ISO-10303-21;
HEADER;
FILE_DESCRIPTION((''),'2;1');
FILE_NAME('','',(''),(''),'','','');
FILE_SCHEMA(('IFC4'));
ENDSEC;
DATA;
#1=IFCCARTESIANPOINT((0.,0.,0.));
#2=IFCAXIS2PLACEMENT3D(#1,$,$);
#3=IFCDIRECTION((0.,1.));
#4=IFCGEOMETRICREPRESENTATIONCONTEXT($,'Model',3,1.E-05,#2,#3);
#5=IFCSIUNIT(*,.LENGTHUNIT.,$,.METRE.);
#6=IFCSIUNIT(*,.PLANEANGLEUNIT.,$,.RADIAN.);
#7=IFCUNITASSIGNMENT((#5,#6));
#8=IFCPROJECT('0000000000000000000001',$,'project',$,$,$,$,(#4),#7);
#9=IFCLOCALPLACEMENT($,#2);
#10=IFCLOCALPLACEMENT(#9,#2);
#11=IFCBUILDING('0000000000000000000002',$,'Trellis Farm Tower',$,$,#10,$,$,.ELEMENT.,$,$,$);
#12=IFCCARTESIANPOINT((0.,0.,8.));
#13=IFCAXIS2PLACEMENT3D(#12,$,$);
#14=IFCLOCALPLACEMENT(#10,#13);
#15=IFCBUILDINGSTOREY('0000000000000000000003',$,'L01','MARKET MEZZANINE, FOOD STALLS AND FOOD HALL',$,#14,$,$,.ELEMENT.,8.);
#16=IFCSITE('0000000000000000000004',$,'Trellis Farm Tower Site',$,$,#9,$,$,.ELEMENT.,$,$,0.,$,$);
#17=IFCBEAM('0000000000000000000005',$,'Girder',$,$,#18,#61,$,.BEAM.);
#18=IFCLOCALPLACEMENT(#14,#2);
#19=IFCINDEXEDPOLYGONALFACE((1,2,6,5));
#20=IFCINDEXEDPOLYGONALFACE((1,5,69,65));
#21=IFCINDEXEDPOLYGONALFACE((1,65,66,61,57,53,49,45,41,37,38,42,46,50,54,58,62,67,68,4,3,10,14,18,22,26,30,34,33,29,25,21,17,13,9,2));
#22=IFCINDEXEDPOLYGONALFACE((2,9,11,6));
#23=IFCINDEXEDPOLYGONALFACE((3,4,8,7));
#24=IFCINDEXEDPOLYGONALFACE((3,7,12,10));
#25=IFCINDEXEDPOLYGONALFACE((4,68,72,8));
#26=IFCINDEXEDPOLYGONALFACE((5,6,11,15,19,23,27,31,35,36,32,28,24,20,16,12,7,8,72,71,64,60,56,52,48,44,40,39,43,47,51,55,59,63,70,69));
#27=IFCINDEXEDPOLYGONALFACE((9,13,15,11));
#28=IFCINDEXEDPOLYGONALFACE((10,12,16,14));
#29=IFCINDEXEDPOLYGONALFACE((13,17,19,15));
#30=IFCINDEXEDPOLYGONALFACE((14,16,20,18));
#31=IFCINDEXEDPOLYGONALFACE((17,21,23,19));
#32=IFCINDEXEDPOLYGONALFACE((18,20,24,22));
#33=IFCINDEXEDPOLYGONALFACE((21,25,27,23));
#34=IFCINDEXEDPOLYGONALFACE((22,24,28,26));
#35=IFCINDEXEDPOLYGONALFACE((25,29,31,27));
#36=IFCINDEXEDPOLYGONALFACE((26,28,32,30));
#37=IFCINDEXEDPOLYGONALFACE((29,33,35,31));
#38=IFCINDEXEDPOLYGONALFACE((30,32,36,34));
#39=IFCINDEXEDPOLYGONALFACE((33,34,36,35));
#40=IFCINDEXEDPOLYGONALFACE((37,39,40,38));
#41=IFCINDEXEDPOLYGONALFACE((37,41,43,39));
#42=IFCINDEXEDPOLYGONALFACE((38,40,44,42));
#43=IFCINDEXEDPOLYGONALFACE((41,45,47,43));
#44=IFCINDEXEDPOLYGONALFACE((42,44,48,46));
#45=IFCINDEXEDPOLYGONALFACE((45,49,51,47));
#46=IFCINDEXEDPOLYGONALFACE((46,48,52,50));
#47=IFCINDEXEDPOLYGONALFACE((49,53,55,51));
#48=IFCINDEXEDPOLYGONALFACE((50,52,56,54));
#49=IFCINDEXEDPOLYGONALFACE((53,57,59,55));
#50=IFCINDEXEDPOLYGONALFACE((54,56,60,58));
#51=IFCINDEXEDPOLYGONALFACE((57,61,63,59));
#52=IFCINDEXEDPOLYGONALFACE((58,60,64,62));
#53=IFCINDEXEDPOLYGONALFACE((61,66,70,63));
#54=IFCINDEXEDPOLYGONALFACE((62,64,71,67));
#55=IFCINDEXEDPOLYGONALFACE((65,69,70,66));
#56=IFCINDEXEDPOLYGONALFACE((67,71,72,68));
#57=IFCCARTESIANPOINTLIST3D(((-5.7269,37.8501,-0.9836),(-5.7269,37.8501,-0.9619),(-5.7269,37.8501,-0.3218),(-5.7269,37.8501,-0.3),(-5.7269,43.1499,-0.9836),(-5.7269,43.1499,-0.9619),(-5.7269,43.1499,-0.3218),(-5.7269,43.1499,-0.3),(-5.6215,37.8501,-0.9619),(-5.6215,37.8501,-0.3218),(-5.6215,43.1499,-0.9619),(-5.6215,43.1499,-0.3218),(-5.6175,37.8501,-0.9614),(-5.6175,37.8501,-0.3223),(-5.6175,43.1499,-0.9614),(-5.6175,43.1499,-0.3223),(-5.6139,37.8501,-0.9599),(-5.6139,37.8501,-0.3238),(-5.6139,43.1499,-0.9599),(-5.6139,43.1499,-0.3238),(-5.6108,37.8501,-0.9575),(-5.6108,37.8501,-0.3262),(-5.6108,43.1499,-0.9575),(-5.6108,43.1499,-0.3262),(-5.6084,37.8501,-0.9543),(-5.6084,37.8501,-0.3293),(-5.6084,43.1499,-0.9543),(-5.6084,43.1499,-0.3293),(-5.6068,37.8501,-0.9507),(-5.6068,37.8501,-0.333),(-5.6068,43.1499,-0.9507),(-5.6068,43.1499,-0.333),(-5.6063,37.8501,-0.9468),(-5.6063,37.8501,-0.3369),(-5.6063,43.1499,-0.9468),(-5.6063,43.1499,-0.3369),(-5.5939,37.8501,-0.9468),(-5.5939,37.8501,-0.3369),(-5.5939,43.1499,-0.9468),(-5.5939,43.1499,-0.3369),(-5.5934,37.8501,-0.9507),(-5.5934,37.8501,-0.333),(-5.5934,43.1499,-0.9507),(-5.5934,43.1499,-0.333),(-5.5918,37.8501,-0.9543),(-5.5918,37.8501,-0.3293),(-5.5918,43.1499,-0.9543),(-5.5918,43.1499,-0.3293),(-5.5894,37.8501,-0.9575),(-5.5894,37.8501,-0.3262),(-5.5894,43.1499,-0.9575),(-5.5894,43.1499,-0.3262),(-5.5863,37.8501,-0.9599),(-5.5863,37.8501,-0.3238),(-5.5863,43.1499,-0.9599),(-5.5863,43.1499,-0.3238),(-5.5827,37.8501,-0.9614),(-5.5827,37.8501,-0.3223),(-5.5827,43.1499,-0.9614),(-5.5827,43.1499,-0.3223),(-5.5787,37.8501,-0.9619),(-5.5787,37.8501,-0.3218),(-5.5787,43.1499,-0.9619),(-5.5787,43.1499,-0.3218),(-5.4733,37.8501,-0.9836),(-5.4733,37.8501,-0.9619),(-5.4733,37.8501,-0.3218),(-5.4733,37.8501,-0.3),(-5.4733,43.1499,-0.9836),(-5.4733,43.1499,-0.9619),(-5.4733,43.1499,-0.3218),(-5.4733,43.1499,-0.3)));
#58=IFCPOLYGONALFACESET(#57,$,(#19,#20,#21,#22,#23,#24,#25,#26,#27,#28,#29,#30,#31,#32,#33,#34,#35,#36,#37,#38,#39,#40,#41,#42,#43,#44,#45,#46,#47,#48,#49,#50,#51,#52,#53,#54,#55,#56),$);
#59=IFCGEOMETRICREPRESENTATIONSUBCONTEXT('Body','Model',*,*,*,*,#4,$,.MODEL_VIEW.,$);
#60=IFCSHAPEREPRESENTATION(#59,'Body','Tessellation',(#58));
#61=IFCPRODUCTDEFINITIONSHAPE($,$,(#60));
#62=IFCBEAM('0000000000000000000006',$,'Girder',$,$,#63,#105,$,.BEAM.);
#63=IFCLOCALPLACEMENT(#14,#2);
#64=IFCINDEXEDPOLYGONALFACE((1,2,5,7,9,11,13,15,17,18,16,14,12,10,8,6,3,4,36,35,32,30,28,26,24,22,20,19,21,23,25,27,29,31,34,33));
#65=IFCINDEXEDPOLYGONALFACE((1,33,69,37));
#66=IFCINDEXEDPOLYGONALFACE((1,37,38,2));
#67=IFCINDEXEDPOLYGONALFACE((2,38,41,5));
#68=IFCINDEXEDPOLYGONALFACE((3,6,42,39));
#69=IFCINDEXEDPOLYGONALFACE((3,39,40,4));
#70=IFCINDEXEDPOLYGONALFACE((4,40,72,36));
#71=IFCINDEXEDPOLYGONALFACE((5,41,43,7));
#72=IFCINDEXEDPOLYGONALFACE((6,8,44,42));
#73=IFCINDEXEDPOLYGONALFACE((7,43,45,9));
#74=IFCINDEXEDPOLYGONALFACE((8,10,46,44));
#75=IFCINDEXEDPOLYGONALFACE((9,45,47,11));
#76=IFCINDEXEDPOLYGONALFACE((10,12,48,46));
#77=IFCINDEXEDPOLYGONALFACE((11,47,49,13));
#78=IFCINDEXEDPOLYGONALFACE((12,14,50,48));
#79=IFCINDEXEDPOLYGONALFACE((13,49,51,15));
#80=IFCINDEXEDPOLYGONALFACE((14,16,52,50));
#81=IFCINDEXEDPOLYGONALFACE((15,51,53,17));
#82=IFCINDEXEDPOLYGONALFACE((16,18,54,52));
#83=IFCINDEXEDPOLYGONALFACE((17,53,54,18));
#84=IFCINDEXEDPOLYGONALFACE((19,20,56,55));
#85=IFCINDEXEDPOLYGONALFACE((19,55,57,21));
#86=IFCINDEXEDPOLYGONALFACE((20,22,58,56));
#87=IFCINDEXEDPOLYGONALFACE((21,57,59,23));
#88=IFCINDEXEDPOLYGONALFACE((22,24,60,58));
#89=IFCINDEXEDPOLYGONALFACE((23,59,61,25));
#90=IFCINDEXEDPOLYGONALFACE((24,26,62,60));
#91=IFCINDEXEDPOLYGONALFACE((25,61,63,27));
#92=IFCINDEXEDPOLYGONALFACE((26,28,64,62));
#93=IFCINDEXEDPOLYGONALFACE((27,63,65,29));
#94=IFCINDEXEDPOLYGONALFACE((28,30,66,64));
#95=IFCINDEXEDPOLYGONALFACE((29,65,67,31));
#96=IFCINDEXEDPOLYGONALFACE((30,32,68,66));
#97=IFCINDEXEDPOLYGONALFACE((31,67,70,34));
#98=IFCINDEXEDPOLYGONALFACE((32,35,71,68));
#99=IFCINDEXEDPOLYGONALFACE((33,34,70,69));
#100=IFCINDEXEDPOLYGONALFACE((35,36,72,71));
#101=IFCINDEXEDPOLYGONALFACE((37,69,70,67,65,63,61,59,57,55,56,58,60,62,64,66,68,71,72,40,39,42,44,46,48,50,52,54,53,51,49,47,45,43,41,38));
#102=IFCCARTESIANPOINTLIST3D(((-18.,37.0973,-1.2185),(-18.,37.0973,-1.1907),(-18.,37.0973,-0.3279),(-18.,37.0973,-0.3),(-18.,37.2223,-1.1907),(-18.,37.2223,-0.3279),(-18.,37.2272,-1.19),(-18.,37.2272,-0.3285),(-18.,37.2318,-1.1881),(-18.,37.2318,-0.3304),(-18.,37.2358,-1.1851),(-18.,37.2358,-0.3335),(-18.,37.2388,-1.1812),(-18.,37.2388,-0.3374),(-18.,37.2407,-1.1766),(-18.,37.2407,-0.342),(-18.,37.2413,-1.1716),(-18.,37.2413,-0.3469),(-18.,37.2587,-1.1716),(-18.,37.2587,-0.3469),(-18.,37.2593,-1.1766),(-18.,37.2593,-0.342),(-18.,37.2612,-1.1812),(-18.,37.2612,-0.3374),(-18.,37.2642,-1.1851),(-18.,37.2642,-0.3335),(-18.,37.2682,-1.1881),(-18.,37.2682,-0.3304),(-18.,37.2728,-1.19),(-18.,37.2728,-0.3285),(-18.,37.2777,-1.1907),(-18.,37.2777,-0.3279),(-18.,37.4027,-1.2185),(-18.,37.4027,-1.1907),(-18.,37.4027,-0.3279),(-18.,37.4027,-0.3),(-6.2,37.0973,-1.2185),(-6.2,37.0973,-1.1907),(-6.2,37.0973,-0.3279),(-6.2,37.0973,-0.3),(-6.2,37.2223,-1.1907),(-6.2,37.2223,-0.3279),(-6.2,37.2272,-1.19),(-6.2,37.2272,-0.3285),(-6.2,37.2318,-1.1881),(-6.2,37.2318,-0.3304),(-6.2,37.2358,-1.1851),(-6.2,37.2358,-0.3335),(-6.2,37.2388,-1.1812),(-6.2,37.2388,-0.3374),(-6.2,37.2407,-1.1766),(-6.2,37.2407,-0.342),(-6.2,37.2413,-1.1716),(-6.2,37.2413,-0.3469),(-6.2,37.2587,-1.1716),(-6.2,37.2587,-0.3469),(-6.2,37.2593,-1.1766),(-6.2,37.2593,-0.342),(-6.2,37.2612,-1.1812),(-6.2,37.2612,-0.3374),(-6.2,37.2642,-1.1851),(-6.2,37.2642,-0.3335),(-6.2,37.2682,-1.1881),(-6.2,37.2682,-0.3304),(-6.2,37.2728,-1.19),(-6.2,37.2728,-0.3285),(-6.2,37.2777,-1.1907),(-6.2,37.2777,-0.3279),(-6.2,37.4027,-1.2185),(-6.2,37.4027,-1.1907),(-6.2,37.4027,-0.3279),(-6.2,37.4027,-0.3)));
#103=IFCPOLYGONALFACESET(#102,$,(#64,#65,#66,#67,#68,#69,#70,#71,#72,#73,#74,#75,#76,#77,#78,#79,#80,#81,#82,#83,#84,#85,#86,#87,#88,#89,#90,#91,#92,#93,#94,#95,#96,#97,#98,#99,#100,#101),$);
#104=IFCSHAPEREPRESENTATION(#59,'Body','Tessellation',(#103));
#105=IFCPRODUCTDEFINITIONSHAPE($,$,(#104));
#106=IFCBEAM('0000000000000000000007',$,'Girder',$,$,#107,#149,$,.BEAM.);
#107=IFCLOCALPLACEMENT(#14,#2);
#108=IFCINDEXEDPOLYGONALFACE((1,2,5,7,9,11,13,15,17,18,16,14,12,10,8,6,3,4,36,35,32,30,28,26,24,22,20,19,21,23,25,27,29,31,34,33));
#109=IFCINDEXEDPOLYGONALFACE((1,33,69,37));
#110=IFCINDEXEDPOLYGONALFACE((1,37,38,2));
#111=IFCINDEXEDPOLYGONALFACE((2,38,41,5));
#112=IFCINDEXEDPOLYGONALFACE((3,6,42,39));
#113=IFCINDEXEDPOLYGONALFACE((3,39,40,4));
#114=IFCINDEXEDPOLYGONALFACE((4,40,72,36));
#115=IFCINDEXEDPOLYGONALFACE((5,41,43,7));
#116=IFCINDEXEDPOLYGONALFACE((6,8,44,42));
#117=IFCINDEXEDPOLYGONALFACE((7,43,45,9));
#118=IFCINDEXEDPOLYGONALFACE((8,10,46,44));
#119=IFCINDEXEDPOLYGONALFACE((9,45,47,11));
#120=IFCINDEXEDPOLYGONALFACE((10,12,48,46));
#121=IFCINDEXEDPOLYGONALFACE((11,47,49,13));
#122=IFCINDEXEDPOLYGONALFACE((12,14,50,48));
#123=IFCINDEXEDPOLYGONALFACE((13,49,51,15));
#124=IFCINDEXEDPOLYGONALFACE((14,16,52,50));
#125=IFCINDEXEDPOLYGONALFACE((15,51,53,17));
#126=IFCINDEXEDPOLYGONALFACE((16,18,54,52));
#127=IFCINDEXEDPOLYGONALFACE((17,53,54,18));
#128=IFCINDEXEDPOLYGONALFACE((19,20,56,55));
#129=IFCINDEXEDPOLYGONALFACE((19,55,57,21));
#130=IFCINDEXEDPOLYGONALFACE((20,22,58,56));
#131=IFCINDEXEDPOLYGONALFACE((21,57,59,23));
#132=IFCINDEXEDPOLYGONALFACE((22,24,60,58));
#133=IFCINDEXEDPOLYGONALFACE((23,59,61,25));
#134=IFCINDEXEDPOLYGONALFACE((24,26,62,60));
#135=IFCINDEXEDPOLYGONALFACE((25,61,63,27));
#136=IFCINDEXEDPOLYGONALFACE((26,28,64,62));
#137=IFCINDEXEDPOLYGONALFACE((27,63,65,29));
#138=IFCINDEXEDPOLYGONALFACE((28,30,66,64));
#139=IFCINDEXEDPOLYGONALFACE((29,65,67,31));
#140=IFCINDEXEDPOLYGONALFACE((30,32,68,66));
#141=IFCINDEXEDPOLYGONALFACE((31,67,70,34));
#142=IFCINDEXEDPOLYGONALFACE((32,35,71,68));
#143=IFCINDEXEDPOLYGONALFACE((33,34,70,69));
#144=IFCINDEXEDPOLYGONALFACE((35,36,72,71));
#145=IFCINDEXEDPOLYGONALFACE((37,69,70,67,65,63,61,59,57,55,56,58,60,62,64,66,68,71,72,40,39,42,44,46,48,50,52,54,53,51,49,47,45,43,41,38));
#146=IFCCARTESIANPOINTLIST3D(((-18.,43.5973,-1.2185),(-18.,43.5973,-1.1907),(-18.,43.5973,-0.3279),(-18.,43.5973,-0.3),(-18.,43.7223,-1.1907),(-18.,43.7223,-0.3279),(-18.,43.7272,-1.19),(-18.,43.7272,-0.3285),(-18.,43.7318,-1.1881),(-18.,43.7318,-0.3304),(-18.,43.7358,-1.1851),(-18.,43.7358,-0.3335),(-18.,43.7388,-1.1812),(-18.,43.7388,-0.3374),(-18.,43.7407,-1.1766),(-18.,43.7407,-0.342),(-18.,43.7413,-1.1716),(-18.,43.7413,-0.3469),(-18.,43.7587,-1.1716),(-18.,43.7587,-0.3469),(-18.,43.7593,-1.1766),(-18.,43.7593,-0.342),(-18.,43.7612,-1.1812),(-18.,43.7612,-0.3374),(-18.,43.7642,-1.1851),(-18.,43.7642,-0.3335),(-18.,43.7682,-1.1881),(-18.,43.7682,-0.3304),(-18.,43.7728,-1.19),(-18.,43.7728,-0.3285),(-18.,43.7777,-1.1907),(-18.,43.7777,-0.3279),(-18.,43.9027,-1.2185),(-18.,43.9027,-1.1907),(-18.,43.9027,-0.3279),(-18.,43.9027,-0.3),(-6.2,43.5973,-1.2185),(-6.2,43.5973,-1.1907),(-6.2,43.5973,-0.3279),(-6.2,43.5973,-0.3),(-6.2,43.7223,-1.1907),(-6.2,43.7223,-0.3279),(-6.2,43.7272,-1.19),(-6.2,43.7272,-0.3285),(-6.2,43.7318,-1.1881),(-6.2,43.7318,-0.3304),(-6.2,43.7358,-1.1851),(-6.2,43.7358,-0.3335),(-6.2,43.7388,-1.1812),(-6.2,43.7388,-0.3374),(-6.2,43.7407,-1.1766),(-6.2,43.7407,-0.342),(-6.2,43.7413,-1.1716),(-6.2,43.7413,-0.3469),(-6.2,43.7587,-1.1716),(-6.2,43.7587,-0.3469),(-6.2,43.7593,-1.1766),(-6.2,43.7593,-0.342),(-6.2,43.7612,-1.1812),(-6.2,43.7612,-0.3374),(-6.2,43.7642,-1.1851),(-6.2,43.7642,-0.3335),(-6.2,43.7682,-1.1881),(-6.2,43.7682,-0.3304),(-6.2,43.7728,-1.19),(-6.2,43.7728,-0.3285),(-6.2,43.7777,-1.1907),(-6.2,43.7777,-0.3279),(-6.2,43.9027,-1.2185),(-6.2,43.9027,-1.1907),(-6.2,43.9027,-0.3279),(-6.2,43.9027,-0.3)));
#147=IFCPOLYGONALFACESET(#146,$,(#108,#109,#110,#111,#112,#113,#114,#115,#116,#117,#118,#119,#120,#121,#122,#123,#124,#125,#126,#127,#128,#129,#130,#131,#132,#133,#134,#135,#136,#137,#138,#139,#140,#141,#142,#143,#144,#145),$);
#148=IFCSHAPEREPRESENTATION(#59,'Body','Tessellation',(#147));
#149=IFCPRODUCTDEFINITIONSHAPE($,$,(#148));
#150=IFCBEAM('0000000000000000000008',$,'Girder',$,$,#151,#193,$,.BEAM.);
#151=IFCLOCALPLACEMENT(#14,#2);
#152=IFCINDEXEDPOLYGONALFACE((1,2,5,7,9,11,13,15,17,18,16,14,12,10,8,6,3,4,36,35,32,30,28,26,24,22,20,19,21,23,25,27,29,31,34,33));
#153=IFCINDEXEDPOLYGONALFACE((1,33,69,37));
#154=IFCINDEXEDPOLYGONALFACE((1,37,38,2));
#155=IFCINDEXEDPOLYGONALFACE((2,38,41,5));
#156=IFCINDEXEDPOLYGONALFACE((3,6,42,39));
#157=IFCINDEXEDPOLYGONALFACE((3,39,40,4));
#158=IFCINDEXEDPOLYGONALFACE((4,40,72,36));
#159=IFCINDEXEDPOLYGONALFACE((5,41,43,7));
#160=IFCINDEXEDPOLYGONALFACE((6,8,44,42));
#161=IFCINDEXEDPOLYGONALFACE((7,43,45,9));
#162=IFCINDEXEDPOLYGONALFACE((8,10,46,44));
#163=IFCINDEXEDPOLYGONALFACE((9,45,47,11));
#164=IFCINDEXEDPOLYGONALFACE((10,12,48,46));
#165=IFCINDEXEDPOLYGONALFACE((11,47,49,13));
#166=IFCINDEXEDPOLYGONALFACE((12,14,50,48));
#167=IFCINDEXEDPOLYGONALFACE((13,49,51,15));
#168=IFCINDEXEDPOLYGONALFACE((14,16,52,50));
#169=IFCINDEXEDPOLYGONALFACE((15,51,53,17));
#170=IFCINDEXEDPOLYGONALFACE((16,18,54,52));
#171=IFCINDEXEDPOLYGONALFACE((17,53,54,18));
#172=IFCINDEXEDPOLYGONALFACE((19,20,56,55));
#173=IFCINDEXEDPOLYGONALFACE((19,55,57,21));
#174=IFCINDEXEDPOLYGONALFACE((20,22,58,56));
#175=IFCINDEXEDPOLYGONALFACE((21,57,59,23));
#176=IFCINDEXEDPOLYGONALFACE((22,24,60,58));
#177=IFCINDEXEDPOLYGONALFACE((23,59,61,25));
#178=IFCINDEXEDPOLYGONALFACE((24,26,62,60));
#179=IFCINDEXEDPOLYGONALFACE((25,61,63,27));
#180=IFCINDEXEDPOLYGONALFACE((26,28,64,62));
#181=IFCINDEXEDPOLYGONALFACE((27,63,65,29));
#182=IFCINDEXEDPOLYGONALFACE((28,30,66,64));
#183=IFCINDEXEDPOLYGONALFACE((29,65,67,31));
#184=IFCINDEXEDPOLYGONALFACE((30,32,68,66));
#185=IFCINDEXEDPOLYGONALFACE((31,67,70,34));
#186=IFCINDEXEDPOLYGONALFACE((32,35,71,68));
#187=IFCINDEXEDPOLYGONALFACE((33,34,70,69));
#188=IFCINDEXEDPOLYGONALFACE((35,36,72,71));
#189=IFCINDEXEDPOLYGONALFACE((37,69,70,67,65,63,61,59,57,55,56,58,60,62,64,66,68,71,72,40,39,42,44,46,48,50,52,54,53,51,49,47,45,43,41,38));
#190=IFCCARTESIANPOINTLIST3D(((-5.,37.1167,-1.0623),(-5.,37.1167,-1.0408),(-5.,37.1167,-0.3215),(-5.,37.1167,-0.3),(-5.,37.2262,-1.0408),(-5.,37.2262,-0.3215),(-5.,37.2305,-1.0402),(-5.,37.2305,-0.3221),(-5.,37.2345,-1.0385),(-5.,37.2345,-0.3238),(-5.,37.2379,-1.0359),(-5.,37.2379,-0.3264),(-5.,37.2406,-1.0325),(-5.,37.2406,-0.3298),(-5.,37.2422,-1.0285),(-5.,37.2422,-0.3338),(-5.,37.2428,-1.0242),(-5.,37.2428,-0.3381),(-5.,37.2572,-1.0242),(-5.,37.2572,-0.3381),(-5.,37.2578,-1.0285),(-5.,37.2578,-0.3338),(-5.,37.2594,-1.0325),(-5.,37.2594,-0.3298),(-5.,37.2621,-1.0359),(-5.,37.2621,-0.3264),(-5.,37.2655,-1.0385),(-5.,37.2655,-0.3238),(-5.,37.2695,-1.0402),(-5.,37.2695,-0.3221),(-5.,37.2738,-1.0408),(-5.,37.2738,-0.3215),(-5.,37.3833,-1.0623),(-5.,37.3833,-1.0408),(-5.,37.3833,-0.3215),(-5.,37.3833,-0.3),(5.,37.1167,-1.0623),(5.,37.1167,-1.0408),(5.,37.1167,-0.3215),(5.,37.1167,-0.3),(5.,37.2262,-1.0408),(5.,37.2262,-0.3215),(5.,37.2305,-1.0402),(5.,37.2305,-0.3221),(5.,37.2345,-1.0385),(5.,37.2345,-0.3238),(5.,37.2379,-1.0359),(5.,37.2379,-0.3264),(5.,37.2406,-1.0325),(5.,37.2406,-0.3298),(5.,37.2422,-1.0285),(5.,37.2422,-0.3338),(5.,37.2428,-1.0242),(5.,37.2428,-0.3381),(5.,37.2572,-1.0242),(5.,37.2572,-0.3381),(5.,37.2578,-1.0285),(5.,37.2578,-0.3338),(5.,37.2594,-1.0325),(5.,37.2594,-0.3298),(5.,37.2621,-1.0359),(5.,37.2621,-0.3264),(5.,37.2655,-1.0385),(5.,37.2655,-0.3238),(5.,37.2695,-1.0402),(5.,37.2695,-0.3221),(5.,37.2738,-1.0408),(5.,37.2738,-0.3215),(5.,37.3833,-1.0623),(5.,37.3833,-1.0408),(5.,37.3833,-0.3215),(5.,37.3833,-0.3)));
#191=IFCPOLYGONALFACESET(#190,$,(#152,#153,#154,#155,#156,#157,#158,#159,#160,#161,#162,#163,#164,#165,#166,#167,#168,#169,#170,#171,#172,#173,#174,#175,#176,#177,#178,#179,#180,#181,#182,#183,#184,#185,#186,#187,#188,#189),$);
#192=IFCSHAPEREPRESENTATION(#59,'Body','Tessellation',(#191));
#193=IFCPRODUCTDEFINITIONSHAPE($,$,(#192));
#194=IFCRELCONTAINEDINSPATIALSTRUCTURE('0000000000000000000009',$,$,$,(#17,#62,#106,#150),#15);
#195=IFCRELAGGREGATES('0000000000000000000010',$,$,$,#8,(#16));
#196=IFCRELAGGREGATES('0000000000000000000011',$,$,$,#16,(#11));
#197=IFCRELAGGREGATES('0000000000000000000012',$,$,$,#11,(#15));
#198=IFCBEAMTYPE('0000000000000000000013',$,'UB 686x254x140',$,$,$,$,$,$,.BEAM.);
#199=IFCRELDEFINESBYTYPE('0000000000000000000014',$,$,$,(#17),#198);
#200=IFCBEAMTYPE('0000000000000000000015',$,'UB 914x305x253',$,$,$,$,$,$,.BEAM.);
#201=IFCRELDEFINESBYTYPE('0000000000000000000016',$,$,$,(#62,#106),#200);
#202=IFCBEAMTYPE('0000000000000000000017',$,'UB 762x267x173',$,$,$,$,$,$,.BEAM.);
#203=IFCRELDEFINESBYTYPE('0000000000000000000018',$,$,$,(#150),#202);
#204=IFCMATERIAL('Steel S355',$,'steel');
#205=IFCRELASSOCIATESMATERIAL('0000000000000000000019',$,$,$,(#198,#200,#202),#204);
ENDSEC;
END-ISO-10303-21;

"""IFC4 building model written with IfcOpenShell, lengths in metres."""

from ifc_helpers import new_model, si_unit, direction, frame, origin, origin_2d, place, context, subcontext, project, spatial, i_section, extrude, source, transform, mapped, material, material_profile, profile_set, type_object, element, save


model = new_model("IFC4")

# Units and contexts
model_context = context("Model", 3, precision=1e-05, world=origin(), true_north=direction((0.0, 1.0)))
body_context = subcontext(model_context, "Body", "Model", "MODEL_VIEW")
ifc_project = project(units=[si_unit("LENGTHUNIT", "METRE"), si_unit("PLANEANGLEUNIT", "RADIAN")], contexts=[model_context])

# Site, building, storey
site_placement = place(None, origin())
site = spatial("IfcSite", under=ifc_project, at=site_placement, Name="Trellis Farm Tower Site", CompositionType="ELEMENT", RefElevation=0.0)
building_placement = place(site_placement, origin())
building = spatial("IfcBuilding", under=site, at=building_placement, Name="Trellis Farm Tower", CompositionType="ELEMENT")
storey_placement = place(building_placement, frame((0.0, 0.0, 8.0)))
storey = spatial("IfcBuildingStorey", under=building, at=storey_placement, Name="L01", Description="MARKET MEZZANINE, FOOD STALLS AND FOOD HALL", CompositionType="ELEMENT", Elevation=8.0)

# Beams
ifc_material_1 = material(Name="Steel S355", Category="steel")
ifc_material_profile_1 = material_profile(ifc_material_1, i_section(OverallWidth=0.2537, OverallDepth=0.6836, WebThickness=0.0125, FlangeThickness=0.0217, FilletRadius=0.0151, at=origin_2d()), Name="UB 686x254x140")
ifc_profile_set_1 = profile_set([ifc_material_profile_1], Name="Steel S355")
beam_type_1 = type_object("IfcBeamType", Name="UB 686x254x140", PredefinedType="BEAM", material=ifc_profile_set_1)
shared_shape_1 = source(origin(), body_context, "Body", "SweptSolid", [
    extrude(i_section(OverallWidth=0.2537, OverallDepth=0.6836, WebThickness=0.0125, FlangeThickness=0.0217, FilletRadius=0.0151, at=origin_2d()), origin(), (0.0, 0.0, 1.0), 5.2998),
])
for number, where, z_axis, x_axis, name in (
    (1, (-5.6001, 37.8501, -0.6418), (0.0, 1.0, 0.0), (-1.0, 0.0, 0.0), "Girder"),
):
    element("IfcBeam", number, at=place(storey_placement, frame(where, z_axis=z_axis, x_axis=x_axis)), inside=storey, type_object=beam_type_1, Name=name, PredefinedType="BEAM", context=body_context, shape_type="MappedRepresentation", body=[
        mapped(shared_shape_1, transform((0.0, 0.0, 0.0))),
    ])
ifc_material_profile_2 = material_profile(ifc_material_1, i_section(OverallWidth=0.3054, OverallDepth=0.9185, WebThickness=0.0173, FlangeThickness=0.0278, FilletRadius=0.019, at=origin_2d()), Name="UB 914x305x253")
ifc_profile_set_2 = profile_set([ifc_material_profile_2], Name="Steel S355")
beam_type_2 = type_object("IfcBeamType", Name="UB 914x305x253", PredefinedType="BEAM", material=ifc_profile_set_2)
shared_shape_2 = source(origin(), body_context, "Body", "SweptSolid", [
    extrude(i_section(OverallWidth=0.3054, OverallDepth=0.9185, WebThickness=0.0173, FlangeThickness=0.0278, FilletRadius=0.019, at=origin_2d()), origin(), (0.0, 0.0, 1.0), 11.8),
])
for number, where, z_axis, x_axis, name in (
    (2, (-18.0, 37.25, -0.7593), (1.0, 0.0, 0.0), (0.0, 1.0, 0.0), "Girder"),
    (3, (-18.0, 43.75, -0.7593), (1.0, 0.0, 0.0), (0.0, 1.0, 0.0), "Girder"),
):
    element("IfcBeam", number, at=place(storey_placement, frame(where, z_axis=z_axis, x_axis=x_axis)), inside=storey, type_object=beam_type_2, Name=name, PredefinedType="BEAM", context=body_context, shape_type="MappedRepresentation", body=[
        mapped(shared_shape_2, transform((0.0, 0.0, 0.0))),
    ])
ifc_material_profile_3 = material_profile(ifc_material_1, i_section(OverallWidth=0.2666, OverallDepth=0.7622, WebThickness=0.0144, FlangeThickness=0.0215, FilletRadius=0.0166, at=origin_2d()), Name="UB 762x267x173")
ifc_profile_set_3 = profile_set([ifc_material_profile_3], Name="Steel S355")
beam_type_3 = type_object("IfcBeamType", Name="UB 762x267x173", PredefinedType="BEAM", material=ifc_profile_set_3)
shared_shape_3 = source(origin(), body_context, "Body", "SweptSolid", [
    extrude(i_section(OverallWidth=0.2666, OverallDepth=0.7622, WebThickness=0.0144, FlangeThickness=0.0215, FilletRadius=0.0166, at=origin_2d()), origin(), (0.0, 0.0, 1.0), 10.0),
])
for number, where, z_axis, x_axis, name in (
    (4, (-5.0, 37.25, -0.6812), (1.0, 0.0, 0.0), (0.0, 1.0, 0.0), "Girder"),
):
    element("IfcBeam", number, at=place(storey_placement, frame(where, z_axis=z_axis, x_axis=x_axis)), inside=storey, type_object=beam_type_3, Name=name, PredefinedType="BEAM", context=body_context, shape_type="MappedRepresentation", body=[
        mapped(shared_shape_3, transform((0.0, 0.0, 0.0))),
    ])

save(model, "model.ifc")
